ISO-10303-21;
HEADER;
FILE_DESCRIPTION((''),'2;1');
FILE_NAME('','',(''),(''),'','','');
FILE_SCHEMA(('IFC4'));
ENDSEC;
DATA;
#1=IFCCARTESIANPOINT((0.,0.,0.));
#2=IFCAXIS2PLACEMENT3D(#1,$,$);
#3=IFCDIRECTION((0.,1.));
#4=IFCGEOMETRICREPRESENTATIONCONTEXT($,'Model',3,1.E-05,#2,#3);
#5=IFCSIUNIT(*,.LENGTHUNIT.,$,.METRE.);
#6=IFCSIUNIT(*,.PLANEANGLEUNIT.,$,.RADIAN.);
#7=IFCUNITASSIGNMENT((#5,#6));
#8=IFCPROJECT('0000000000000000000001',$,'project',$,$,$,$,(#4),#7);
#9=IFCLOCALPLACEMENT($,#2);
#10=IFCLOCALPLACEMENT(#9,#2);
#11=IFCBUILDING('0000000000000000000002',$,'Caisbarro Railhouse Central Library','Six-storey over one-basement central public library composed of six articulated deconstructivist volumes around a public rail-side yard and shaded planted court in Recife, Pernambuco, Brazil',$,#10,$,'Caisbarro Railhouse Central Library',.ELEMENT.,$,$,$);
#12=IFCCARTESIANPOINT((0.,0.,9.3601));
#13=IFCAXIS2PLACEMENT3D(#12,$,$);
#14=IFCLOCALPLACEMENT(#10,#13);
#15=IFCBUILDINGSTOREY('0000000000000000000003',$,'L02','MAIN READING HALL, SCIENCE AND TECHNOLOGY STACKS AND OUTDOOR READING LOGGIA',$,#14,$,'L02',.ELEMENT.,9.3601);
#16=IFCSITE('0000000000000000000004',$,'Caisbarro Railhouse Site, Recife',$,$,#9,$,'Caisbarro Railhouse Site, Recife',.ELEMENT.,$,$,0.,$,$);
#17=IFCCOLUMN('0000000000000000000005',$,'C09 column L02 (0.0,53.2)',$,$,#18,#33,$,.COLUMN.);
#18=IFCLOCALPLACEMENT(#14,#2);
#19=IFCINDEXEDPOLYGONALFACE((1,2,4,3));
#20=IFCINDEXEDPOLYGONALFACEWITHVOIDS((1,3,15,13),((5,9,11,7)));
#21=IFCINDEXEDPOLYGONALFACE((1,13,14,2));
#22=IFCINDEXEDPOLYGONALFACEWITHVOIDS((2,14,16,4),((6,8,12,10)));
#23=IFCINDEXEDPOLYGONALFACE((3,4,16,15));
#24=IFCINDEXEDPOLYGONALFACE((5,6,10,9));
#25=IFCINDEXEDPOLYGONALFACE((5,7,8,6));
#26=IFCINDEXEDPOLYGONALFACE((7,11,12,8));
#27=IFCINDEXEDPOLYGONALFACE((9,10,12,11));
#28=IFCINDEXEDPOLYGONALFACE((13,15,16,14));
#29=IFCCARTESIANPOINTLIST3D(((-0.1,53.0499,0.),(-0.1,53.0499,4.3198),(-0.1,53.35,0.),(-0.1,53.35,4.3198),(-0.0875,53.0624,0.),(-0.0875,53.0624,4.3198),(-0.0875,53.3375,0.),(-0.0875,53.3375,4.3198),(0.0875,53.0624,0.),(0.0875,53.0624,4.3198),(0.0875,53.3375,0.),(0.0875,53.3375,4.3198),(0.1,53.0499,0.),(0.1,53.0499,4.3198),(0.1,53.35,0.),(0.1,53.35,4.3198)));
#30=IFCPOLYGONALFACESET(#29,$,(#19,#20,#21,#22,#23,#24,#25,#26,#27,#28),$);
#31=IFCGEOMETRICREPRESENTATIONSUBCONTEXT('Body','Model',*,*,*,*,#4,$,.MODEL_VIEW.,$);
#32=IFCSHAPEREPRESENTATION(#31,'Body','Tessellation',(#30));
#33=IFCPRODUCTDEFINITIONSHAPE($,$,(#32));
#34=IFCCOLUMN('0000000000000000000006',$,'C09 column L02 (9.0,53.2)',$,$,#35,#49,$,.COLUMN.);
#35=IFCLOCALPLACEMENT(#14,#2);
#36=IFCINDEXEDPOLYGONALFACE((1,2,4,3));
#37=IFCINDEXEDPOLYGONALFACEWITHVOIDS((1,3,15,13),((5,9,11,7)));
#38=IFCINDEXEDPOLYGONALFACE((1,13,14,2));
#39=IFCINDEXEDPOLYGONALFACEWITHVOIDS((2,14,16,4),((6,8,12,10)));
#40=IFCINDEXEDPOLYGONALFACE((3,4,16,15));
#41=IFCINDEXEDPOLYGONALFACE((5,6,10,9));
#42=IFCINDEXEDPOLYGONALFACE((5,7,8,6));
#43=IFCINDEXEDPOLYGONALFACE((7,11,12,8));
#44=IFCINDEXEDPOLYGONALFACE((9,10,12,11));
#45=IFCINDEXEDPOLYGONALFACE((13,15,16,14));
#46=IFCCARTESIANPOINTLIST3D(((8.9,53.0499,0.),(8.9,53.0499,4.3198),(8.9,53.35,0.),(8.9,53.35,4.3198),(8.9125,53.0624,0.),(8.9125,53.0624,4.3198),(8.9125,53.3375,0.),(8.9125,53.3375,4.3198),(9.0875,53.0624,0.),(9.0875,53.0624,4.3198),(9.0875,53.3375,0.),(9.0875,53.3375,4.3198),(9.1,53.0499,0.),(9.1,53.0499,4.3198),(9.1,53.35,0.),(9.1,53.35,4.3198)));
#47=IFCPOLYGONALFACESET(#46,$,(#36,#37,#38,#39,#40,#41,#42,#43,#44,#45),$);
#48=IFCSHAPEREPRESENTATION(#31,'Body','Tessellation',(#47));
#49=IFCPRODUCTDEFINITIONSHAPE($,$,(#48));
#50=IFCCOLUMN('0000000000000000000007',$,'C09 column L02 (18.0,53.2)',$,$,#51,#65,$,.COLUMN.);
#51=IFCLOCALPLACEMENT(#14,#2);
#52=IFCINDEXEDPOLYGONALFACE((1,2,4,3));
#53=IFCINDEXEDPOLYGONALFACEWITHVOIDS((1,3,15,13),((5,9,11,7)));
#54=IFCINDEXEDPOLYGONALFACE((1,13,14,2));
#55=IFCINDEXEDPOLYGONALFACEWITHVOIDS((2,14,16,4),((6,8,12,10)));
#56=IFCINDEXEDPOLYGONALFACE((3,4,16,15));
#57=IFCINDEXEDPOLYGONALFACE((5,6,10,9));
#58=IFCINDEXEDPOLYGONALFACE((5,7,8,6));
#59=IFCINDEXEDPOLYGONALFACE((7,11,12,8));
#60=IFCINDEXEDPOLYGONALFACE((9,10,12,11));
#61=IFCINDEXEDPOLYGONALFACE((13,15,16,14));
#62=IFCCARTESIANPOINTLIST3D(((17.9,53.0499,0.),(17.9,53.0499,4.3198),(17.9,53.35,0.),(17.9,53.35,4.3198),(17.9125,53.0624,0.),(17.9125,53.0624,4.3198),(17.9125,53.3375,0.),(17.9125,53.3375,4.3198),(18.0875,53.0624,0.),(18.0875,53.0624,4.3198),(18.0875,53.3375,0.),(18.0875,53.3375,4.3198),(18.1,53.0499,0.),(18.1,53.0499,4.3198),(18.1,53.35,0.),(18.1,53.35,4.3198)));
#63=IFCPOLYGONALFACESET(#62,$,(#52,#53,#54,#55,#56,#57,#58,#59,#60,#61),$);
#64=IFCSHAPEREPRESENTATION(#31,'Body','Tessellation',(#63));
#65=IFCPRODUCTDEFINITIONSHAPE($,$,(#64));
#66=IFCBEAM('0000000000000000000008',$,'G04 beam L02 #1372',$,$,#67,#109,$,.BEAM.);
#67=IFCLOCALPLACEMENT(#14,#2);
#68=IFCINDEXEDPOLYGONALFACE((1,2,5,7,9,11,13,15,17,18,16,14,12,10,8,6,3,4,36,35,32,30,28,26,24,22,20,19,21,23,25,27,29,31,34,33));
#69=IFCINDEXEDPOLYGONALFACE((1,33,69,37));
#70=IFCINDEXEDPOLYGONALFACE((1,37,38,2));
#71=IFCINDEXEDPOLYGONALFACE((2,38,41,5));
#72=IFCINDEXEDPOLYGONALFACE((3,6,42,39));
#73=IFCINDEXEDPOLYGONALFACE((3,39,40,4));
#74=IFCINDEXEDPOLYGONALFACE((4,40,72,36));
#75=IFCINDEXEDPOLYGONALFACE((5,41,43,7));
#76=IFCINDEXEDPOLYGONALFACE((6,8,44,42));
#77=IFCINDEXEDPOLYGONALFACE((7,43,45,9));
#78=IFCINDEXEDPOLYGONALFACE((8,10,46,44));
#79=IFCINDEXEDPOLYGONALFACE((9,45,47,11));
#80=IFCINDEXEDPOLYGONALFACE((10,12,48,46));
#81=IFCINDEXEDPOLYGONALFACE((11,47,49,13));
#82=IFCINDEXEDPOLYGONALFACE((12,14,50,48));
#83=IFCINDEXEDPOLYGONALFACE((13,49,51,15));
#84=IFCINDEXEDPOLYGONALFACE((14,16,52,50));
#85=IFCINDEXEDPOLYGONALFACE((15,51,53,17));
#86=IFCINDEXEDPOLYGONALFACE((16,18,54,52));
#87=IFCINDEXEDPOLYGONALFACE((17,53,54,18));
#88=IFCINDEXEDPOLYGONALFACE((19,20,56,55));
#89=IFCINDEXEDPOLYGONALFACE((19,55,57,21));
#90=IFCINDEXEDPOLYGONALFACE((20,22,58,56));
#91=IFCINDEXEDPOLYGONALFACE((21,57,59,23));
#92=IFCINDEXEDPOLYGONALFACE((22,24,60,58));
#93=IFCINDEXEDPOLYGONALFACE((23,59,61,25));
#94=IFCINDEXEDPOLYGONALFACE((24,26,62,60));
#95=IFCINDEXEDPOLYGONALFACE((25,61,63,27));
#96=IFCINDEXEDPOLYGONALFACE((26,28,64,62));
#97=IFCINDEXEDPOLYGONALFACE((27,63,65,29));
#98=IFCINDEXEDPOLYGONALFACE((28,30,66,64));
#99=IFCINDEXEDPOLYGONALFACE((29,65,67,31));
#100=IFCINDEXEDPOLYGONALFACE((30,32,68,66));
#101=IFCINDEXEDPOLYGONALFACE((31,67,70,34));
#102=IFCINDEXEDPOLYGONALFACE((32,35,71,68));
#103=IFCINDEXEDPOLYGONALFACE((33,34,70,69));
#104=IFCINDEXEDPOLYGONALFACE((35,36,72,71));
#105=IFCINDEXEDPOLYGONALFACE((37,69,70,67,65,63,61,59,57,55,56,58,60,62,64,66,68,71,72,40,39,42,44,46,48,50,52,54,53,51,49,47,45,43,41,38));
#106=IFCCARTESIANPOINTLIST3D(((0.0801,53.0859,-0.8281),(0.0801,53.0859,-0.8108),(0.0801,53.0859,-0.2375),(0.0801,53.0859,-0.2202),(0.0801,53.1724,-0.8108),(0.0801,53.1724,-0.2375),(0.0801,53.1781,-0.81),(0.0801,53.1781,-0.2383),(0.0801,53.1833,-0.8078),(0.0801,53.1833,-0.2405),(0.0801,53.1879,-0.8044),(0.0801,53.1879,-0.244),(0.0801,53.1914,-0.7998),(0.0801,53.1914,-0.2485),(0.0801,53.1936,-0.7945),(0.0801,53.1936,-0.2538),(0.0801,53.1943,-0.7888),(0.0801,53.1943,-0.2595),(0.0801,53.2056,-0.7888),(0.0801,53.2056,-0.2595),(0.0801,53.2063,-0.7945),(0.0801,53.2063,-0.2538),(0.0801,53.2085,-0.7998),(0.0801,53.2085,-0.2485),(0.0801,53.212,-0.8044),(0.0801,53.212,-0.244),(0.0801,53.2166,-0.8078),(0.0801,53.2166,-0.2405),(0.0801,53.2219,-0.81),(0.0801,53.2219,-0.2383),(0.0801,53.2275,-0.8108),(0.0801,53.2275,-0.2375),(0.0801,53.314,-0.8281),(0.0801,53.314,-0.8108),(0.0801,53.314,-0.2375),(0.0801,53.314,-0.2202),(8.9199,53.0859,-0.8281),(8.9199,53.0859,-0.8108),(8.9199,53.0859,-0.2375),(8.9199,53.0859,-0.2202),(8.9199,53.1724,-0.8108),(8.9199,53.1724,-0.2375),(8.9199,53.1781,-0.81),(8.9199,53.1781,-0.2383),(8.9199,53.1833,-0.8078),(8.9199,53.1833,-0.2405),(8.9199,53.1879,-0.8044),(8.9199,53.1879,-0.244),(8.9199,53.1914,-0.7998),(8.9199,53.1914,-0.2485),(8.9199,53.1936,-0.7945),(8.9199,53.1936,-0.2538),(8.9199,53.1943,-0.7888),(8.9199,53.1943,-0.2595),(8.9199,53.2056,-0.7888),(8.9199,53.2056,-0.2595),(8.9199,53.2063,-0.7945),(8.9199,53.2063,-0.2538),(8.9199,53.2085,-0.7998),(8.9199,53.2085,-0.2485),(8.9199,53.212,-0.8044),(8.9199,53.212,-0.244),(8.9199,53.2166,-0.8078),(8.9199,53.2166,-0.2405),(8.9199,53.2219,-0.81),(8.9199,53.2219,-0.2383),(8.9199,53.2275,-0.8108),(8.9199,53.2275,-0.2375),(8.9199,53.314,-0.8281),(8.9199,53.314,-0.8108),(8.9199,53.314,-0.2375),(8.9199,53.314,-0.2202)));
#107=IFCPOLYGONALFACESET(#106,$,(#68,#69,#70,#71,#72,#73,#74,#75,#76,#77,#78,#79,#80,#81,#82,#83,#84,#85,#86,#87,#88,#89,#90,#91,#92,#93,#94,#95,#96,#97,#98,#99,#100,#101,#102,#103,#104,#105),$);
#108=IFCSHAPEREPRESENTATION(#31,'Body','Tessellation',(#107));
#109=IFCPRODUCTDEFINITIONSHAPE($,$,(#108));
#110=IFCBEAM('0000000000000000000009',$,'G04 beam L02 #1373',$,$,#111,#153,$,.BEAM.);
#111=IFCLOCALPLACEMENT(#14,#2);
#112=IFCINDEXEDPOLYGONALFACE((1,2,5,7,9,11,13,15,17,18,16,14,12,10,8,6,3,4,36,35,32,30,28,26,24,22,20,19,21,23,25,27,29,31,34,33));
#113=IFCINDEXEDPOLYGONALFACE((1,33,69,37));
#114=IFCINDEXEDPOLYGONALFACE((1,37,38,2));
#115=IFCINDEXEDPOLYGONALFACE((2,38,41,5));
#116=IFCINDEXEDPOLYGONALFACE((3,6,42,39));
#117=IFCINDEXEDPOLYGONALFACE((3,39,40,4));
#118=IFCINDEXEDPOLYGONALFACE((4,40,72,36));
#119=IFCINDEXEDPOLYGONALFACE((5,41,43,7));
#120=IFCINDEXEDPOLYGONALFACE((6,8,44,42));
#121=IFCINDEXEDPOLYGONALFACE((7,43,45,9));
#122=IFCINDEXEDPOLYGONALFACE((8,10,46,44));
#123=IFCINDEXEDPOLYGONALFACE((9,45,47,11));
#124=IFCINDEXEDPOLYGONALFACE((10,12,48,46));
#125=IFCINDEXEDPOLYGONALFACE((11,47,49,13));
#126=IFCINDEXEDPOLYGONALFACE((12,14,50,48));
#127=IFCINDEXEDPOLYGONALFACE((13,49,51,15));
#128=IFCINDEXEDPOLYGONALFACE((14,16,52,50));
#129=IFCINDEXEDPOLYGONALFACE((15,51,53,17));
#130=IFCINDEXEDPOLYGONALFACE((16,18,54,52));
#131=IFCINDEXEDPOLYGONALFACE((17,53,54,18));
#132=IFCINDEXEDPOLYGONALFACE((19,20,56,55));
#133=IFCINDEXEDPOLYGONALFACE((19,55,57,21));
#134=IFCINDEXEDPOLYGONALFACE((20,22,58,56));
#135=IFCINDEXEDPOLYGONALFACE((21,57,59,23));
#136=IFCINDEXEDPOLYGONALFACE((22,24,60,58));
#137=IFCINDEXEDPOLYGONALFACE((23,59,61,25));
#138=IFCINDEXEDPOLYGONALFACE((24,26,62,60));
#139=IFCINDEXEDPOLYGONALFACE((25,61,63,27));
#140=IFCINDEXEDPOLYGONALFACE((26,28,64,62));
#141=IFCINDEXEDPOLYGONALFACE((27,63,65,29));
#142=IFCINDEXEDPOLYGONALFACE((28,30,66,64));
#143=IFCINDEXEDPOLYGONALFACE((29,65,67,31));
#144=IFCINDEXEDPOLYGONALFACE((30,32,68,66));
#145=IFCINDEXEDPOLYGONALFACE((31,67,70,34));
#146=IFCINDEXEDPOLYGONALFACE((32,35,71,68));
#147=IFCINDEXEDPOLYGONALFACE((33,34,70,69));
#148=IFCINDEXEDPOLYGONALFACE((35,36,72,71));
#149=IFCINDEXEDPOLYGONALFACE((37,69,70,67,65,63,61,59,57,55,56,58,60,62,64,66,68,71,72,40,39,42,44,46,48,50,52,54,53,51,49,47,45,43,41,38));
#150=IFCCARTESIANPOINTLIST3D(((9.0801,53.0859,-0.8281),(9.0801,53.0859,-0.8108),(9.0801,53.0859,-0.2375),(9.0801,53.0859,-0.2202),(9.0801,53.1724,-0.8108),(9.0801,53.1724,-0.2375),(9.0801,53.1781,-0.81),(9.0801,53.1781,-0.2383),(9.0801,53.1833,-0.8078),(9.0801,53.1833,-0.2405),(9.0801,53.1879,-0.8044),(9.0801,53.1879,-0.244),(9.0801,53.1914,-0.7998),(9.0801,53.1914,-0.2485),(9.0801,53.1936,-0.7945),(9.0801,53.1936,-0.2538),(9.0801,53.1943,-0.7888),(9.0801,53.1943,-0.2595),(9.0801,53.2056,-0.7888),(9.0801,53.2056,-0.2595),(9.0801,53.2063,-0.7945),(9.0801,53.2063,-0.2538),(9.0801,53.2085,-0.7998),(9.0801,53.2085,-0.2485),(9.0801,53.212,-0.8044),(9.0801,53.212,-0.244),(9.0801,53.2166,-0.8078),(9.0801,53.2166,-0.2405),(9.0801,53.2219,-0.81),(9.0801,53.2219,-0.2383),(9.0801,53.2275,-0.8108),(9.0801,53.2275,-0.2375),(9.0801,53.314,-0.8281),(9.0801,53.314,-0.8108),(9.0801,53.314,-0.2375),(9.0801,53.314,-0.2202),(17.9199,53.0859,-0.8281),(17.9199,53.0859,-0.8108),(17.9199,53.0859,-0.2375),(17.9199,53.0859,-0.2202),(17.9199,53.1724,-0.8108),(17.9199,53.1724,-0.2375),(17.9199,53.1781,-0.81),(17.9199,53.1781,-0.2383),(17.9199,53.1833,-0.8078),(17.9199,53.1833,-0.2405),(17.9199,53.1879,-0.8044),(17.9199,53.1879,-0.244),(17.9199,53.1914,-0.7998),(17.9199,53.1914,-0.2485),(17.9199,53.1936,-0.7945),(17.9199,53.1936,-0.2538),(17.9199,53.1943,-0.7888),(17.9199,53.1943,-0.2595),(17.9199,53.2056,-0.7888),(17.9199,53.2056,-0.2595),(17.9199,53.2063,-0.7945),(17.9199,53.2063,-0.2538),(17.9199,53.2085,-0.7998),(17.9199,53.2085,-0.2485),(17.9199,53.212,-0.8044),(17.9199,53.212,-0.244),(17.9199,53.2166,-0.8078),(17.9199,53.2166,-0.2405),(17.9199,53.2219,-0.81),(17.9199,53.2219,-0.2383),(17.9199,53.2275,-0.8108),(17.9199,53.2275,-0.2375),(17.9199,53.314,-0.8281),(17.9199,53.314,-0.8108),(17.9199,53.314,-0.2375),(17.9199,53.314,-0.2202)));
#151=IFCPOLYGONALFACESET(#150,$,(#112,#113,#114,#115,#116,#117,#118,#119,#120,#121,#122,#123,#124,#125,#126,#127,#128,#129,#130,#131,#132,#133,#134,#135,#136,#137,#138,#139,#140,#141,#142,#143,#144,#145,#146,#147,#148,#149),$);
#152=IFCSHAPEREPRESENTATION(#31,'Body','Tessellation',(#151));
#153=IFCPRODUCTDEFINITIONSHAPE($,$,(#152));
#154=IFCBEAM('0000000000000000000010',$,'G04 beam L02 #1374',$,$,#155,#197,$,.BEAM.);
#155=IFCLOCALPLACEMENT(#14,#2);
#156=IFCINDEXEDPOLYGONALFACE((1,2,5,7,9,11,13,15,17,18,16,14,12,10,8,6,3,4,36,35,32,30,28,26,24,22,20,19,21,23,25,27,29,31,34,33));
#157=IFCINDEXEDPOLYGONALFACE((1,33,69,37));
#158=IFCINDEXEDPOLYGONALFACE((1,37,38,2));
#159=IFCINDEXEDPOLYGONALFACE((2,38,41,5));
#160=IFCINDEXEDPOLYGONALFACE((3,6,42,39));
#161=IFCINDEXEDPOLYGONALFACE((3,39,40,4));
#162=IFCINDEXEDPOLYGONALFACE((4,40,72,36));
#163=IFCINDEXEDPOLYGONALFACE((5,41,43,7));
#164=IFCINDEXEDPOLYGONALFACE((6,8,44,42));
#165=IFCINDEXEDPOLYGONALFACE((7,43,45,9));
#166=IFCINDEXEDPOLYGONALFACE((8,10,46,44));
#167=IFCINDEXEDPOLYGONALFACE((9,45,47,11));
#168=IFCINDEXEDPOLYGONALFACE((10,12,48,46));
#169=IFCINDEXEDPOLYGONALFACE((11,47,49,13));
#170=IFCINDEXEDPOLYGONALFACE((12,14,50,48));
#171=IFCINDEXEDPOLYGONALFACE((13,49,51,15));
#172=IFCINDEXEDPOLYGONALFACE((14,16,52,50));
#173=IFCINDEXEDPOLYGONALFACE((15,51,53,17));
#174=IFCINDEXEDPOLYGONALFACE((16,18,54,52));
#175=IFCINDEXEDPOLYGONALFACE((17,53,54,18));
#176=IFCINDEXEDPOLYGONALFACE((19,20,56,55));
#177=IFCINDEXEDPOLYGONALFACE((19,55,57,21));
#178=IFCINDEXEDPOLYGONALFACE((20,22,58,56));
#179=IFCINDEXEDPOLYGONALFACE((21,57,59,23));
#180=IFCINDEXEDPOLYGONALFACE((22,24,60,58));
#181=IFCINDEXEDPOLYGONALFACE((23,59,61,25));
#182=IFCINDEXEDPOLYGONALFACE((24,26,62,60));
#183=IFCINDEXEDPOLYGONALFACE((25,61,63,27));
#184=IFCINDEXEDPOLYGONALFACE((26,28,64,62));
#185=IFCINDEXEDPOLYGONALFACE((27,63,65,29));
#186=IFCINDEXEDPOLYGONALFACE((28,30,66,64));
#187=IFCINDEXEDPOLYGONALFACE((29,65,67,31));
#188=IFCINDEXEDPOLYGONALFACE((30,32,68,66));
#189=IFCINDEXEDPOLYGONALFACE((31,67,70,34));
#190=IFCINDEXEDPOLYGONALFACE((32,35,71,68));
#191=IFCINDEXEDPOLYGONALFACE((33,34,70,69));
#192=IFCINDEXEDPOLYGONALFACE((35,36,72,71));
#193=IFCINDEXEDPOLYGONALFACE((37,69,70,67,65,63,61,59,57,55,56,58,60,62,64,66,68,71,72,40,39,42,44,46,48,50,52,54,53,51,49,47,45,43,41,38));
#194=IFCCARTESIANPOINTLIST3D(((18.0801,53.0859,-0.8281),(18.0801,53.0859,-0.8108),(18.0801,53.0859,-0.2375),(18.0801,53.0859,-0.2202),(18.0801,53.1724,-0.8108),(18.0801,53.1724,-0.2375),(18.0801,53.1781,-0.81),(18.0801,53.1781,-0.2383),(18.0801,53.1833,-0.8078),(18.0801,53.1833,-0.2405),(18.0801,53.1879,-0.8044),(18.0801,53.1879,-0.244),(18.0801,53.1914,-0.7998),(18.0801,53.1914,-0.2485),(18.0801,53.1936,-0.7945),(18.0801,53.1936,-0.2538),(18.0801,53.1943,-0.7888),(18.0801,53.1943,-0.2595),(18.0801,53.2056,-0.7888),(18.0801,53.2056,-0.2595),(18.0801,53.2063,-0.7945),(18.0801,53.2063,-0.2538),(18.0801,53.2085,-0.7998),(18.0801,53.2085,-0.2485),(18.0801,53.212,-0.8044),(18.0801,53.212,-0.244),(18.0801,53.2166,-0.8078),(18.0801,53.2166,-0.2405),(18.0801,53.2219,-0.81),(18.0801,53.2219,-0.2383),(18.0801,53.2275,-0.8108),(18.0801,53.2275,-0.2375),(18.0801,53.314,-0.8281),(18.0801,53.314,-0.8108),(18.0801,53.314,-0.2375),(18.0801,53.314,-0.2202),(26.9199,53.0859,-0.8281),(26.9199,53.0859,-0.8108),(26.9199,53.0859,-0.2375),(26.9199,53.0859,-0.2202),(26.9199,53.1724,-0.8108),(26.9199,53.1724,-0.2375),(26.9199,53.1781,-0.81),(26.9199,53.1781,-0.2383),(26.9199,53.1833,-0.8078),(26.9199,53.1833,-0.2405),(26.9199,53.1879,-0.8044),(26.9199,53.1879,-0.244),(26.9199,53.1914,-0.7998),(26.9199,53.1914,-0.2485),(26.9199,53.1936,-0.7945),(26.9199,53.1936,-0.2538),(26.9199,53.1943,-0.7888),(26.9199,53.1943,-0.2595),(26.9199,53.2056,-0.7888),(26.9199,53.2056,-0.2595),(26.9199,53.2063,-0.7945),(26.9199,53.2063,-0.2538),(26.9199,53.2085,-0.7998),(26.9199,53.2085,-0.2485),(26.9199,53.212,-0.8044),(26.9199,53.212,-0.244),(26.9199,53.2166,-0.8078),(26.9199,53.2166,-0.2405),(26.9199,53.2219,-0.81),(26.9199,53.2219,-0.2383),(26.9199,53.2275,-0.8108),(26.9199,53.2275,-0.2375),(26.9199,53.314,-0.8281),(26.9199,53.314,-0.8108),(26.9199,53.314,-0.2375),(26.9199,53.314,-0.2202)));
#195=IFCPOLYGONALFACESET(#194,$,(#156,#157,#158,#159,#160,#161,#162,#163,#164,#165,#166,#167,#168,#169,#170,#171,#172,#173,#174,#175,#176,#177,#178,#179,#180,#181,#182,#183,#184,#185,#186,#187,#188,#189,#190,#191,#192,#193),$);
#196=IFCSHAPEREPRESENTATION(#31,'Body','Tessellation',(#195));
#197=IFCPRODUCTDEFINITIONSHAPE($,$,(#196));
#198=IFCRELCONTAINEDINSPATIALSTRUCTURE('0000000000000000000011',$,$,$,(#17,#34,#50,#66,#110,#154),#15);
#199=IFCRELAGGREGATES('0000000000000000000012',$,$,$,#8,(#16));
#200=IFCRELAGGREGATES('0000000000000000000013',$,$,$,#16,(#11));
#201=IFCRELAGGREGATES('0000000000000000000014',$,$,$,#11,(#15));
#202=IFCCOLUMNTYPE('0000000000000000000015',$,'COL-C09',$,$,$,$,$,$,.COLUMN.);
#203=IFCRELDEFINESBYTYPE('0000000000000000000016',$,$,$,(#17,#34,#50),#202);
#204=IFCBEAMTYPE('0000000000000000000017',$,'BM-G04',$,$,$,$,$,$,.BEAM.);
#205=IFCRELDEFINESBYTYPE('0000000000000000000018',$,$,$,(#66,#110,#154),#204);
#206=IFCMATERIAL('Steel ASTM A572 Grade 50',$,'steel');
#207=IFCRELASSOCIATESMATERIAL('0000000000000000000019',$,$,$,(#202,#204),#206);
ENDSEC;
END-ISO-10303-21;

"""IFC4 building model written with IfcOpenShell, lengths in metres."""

from ifc_helpers import new_model, si_unit, direction, frame, origin, origin_2d, place, context, subcontext, project, spatial, hollow_rectangle, i_section, extrude, material, material_profile, profile_set, type_object, element, save


model = new_model("IFC4")

# Units and contexts
model_context = context("Model", 3, precision=1e-05, world=origin(), true_north=direction((0.0, 1.0)))
body_context = subcontext(model_context, "Body", "Model", "MODEL_VIEW")
ifc_project = project(units=[si_unit("LENGTHUNIT", "METRE"), si_unit("PLANEANGLEUNIT", "RADIAN")], contexts=[model_context])

# Site, building, storey
site_placement = place(None, origin())
site = spatial("IfcSite", under=ifc_project, at=site_placement, Name="Caisbarro Railhouse Site, Recife", LongName="Caisbarro Railhouse Site, Recife", CompositionType="ELEMENT", RefElevation=0.0)
building_placement = place(site_placement, origin())
building = spatial("IfcBuilding", under=site, at=building_placement, Name="Caisbarro Railhouse Central Library", Description="Six-storey over one-basement central public library composed of six articulated deconstructivist volumes around a public rail-side yard and shaded planted court in Recife, Pernambuco, Brazil", LongName="Caisbarro Railhouse Central Library", CompositionType="ELEMENT")
storey_placement = place(building_placement, frame((0.0, 0.0, 9.3601)))
storey = spatial("IfcBuildingStorey", under=building, at=storey_placement, Name="L02", Description="MAIN READING HALL, SCIENCE AND TECHNOLOGY STACKS AND OUTDOOR READING LOGGIA", LongName="L02", CompositionType="ELEMENT", Elevation=9.3601)

# Columns
ifc_material_1 = material(Name="Steel ASTM A572 Grade 50", Category="steel")
ifc_material_profile_1 = material_profile(ifc_material_1, hollow_rectangle(XDim=0.2, YDim=0.3, WallThickness=0.0125, at=origin_2d()), Name="HSS300X200X12.5")
ifc_profile_set_1 = profile_set([ifc_material_profile_1], Name="Steel ASTM A572 Grade 50")
column_type = type_object("IfcColumnType", Name="COL-C09", PredefinedType="COLUMN", material=ifc_profile_set_1)
for number, where, z_axis, x_axis, name in (
    (1, (0.0, 53.2, 0.0), (0.0, 0.0, 1.0), (1.0, 0.0, 0.0), "C09 column L02 (0.0,53.2)"),
    (2, (9.0, 53.2, 0.0), (0.0, 0.0, 1.0), (1.0, 0.0, 0.0), "C09 column L02 (9.0,53.2)"),
    (3, (18.0, 53.2, 0.0), (0.0, 0.0, 1.0), (1.0, 0.0, 0.0), "C09 column L02 (18.0,53.2)"),
):
    element("IfcColumn", number, at=place(storey_placement, frame(where, z_axis=z_axis, x_axis=x_axis)), inside=storey, type_object=column_type, Name=name, PredefinedType="COLUMN", context=body_context, shape_type="SweptSolid", body=[
        extrude(hollow_rectangle(XDim=0.2, YDim=0.3, WallThickness=0.0125, at=origin_2d()), origin(), (0.0, 0.0, 1.0), 4.3198),
    ])

# Beams
ifc_material_profile_2 = material_profile(ifc_material_1, i_section(OverallWidth=0.228, OverallDepth=0.6079, WebThickness=0.0112, FlangeThickness=0.0173, FilletRadius=0.022, at=origin_2d()), Name="W610X113.0")
ifc_profile_set_2 = profile_set([ifc_material_profile_2], Name="Steel ASTM A572 Grade 50")
beam_type_1 = type_object("IfcBeamType", Name="BM-G04", PredefinedType="BEAM", material=ifc_profile_set_2)
for number, where, z_axis, x_axis, name in (
    (4, (0.0801, 53.2, -0.5242), (1.0, 0.0, 0.0), (0.0, 1.0, 0.0), "G04 beam L02 #1372"),
    (5, (9.0801, 53.2, -0.5242), (1.0, 0.0, 0.0), (0.0, 1.0, 0.0), "G04 beam L02 #1373"),
    (6, (18.0801, 53.2, -0.5242), (1.0, 0.0, 0.0), (0.0, 1.0, 0.0), "G04 beam L02 #1374"),
):
    element("IfcBeam", number, at=place(storey_placement, frame(where, z_axis=z_axis, x_axis=x_axis)), inside=storey, type_object=beam_type_1, Name=name, PredefinedType="BEAM", context=body_context, shape_type="SweptSolid", body=[
        extrude(i_section(OverallWidth=0.228, OverallDepth=0.6079, WebThickness=0.0112, FlangeThickness=0.0173, FilletRadius=0.022, at=origin_2d()), origin(), (0.0, 0.0, 1.0), 8.8398),
    ])

save(model, "model.ifc")
